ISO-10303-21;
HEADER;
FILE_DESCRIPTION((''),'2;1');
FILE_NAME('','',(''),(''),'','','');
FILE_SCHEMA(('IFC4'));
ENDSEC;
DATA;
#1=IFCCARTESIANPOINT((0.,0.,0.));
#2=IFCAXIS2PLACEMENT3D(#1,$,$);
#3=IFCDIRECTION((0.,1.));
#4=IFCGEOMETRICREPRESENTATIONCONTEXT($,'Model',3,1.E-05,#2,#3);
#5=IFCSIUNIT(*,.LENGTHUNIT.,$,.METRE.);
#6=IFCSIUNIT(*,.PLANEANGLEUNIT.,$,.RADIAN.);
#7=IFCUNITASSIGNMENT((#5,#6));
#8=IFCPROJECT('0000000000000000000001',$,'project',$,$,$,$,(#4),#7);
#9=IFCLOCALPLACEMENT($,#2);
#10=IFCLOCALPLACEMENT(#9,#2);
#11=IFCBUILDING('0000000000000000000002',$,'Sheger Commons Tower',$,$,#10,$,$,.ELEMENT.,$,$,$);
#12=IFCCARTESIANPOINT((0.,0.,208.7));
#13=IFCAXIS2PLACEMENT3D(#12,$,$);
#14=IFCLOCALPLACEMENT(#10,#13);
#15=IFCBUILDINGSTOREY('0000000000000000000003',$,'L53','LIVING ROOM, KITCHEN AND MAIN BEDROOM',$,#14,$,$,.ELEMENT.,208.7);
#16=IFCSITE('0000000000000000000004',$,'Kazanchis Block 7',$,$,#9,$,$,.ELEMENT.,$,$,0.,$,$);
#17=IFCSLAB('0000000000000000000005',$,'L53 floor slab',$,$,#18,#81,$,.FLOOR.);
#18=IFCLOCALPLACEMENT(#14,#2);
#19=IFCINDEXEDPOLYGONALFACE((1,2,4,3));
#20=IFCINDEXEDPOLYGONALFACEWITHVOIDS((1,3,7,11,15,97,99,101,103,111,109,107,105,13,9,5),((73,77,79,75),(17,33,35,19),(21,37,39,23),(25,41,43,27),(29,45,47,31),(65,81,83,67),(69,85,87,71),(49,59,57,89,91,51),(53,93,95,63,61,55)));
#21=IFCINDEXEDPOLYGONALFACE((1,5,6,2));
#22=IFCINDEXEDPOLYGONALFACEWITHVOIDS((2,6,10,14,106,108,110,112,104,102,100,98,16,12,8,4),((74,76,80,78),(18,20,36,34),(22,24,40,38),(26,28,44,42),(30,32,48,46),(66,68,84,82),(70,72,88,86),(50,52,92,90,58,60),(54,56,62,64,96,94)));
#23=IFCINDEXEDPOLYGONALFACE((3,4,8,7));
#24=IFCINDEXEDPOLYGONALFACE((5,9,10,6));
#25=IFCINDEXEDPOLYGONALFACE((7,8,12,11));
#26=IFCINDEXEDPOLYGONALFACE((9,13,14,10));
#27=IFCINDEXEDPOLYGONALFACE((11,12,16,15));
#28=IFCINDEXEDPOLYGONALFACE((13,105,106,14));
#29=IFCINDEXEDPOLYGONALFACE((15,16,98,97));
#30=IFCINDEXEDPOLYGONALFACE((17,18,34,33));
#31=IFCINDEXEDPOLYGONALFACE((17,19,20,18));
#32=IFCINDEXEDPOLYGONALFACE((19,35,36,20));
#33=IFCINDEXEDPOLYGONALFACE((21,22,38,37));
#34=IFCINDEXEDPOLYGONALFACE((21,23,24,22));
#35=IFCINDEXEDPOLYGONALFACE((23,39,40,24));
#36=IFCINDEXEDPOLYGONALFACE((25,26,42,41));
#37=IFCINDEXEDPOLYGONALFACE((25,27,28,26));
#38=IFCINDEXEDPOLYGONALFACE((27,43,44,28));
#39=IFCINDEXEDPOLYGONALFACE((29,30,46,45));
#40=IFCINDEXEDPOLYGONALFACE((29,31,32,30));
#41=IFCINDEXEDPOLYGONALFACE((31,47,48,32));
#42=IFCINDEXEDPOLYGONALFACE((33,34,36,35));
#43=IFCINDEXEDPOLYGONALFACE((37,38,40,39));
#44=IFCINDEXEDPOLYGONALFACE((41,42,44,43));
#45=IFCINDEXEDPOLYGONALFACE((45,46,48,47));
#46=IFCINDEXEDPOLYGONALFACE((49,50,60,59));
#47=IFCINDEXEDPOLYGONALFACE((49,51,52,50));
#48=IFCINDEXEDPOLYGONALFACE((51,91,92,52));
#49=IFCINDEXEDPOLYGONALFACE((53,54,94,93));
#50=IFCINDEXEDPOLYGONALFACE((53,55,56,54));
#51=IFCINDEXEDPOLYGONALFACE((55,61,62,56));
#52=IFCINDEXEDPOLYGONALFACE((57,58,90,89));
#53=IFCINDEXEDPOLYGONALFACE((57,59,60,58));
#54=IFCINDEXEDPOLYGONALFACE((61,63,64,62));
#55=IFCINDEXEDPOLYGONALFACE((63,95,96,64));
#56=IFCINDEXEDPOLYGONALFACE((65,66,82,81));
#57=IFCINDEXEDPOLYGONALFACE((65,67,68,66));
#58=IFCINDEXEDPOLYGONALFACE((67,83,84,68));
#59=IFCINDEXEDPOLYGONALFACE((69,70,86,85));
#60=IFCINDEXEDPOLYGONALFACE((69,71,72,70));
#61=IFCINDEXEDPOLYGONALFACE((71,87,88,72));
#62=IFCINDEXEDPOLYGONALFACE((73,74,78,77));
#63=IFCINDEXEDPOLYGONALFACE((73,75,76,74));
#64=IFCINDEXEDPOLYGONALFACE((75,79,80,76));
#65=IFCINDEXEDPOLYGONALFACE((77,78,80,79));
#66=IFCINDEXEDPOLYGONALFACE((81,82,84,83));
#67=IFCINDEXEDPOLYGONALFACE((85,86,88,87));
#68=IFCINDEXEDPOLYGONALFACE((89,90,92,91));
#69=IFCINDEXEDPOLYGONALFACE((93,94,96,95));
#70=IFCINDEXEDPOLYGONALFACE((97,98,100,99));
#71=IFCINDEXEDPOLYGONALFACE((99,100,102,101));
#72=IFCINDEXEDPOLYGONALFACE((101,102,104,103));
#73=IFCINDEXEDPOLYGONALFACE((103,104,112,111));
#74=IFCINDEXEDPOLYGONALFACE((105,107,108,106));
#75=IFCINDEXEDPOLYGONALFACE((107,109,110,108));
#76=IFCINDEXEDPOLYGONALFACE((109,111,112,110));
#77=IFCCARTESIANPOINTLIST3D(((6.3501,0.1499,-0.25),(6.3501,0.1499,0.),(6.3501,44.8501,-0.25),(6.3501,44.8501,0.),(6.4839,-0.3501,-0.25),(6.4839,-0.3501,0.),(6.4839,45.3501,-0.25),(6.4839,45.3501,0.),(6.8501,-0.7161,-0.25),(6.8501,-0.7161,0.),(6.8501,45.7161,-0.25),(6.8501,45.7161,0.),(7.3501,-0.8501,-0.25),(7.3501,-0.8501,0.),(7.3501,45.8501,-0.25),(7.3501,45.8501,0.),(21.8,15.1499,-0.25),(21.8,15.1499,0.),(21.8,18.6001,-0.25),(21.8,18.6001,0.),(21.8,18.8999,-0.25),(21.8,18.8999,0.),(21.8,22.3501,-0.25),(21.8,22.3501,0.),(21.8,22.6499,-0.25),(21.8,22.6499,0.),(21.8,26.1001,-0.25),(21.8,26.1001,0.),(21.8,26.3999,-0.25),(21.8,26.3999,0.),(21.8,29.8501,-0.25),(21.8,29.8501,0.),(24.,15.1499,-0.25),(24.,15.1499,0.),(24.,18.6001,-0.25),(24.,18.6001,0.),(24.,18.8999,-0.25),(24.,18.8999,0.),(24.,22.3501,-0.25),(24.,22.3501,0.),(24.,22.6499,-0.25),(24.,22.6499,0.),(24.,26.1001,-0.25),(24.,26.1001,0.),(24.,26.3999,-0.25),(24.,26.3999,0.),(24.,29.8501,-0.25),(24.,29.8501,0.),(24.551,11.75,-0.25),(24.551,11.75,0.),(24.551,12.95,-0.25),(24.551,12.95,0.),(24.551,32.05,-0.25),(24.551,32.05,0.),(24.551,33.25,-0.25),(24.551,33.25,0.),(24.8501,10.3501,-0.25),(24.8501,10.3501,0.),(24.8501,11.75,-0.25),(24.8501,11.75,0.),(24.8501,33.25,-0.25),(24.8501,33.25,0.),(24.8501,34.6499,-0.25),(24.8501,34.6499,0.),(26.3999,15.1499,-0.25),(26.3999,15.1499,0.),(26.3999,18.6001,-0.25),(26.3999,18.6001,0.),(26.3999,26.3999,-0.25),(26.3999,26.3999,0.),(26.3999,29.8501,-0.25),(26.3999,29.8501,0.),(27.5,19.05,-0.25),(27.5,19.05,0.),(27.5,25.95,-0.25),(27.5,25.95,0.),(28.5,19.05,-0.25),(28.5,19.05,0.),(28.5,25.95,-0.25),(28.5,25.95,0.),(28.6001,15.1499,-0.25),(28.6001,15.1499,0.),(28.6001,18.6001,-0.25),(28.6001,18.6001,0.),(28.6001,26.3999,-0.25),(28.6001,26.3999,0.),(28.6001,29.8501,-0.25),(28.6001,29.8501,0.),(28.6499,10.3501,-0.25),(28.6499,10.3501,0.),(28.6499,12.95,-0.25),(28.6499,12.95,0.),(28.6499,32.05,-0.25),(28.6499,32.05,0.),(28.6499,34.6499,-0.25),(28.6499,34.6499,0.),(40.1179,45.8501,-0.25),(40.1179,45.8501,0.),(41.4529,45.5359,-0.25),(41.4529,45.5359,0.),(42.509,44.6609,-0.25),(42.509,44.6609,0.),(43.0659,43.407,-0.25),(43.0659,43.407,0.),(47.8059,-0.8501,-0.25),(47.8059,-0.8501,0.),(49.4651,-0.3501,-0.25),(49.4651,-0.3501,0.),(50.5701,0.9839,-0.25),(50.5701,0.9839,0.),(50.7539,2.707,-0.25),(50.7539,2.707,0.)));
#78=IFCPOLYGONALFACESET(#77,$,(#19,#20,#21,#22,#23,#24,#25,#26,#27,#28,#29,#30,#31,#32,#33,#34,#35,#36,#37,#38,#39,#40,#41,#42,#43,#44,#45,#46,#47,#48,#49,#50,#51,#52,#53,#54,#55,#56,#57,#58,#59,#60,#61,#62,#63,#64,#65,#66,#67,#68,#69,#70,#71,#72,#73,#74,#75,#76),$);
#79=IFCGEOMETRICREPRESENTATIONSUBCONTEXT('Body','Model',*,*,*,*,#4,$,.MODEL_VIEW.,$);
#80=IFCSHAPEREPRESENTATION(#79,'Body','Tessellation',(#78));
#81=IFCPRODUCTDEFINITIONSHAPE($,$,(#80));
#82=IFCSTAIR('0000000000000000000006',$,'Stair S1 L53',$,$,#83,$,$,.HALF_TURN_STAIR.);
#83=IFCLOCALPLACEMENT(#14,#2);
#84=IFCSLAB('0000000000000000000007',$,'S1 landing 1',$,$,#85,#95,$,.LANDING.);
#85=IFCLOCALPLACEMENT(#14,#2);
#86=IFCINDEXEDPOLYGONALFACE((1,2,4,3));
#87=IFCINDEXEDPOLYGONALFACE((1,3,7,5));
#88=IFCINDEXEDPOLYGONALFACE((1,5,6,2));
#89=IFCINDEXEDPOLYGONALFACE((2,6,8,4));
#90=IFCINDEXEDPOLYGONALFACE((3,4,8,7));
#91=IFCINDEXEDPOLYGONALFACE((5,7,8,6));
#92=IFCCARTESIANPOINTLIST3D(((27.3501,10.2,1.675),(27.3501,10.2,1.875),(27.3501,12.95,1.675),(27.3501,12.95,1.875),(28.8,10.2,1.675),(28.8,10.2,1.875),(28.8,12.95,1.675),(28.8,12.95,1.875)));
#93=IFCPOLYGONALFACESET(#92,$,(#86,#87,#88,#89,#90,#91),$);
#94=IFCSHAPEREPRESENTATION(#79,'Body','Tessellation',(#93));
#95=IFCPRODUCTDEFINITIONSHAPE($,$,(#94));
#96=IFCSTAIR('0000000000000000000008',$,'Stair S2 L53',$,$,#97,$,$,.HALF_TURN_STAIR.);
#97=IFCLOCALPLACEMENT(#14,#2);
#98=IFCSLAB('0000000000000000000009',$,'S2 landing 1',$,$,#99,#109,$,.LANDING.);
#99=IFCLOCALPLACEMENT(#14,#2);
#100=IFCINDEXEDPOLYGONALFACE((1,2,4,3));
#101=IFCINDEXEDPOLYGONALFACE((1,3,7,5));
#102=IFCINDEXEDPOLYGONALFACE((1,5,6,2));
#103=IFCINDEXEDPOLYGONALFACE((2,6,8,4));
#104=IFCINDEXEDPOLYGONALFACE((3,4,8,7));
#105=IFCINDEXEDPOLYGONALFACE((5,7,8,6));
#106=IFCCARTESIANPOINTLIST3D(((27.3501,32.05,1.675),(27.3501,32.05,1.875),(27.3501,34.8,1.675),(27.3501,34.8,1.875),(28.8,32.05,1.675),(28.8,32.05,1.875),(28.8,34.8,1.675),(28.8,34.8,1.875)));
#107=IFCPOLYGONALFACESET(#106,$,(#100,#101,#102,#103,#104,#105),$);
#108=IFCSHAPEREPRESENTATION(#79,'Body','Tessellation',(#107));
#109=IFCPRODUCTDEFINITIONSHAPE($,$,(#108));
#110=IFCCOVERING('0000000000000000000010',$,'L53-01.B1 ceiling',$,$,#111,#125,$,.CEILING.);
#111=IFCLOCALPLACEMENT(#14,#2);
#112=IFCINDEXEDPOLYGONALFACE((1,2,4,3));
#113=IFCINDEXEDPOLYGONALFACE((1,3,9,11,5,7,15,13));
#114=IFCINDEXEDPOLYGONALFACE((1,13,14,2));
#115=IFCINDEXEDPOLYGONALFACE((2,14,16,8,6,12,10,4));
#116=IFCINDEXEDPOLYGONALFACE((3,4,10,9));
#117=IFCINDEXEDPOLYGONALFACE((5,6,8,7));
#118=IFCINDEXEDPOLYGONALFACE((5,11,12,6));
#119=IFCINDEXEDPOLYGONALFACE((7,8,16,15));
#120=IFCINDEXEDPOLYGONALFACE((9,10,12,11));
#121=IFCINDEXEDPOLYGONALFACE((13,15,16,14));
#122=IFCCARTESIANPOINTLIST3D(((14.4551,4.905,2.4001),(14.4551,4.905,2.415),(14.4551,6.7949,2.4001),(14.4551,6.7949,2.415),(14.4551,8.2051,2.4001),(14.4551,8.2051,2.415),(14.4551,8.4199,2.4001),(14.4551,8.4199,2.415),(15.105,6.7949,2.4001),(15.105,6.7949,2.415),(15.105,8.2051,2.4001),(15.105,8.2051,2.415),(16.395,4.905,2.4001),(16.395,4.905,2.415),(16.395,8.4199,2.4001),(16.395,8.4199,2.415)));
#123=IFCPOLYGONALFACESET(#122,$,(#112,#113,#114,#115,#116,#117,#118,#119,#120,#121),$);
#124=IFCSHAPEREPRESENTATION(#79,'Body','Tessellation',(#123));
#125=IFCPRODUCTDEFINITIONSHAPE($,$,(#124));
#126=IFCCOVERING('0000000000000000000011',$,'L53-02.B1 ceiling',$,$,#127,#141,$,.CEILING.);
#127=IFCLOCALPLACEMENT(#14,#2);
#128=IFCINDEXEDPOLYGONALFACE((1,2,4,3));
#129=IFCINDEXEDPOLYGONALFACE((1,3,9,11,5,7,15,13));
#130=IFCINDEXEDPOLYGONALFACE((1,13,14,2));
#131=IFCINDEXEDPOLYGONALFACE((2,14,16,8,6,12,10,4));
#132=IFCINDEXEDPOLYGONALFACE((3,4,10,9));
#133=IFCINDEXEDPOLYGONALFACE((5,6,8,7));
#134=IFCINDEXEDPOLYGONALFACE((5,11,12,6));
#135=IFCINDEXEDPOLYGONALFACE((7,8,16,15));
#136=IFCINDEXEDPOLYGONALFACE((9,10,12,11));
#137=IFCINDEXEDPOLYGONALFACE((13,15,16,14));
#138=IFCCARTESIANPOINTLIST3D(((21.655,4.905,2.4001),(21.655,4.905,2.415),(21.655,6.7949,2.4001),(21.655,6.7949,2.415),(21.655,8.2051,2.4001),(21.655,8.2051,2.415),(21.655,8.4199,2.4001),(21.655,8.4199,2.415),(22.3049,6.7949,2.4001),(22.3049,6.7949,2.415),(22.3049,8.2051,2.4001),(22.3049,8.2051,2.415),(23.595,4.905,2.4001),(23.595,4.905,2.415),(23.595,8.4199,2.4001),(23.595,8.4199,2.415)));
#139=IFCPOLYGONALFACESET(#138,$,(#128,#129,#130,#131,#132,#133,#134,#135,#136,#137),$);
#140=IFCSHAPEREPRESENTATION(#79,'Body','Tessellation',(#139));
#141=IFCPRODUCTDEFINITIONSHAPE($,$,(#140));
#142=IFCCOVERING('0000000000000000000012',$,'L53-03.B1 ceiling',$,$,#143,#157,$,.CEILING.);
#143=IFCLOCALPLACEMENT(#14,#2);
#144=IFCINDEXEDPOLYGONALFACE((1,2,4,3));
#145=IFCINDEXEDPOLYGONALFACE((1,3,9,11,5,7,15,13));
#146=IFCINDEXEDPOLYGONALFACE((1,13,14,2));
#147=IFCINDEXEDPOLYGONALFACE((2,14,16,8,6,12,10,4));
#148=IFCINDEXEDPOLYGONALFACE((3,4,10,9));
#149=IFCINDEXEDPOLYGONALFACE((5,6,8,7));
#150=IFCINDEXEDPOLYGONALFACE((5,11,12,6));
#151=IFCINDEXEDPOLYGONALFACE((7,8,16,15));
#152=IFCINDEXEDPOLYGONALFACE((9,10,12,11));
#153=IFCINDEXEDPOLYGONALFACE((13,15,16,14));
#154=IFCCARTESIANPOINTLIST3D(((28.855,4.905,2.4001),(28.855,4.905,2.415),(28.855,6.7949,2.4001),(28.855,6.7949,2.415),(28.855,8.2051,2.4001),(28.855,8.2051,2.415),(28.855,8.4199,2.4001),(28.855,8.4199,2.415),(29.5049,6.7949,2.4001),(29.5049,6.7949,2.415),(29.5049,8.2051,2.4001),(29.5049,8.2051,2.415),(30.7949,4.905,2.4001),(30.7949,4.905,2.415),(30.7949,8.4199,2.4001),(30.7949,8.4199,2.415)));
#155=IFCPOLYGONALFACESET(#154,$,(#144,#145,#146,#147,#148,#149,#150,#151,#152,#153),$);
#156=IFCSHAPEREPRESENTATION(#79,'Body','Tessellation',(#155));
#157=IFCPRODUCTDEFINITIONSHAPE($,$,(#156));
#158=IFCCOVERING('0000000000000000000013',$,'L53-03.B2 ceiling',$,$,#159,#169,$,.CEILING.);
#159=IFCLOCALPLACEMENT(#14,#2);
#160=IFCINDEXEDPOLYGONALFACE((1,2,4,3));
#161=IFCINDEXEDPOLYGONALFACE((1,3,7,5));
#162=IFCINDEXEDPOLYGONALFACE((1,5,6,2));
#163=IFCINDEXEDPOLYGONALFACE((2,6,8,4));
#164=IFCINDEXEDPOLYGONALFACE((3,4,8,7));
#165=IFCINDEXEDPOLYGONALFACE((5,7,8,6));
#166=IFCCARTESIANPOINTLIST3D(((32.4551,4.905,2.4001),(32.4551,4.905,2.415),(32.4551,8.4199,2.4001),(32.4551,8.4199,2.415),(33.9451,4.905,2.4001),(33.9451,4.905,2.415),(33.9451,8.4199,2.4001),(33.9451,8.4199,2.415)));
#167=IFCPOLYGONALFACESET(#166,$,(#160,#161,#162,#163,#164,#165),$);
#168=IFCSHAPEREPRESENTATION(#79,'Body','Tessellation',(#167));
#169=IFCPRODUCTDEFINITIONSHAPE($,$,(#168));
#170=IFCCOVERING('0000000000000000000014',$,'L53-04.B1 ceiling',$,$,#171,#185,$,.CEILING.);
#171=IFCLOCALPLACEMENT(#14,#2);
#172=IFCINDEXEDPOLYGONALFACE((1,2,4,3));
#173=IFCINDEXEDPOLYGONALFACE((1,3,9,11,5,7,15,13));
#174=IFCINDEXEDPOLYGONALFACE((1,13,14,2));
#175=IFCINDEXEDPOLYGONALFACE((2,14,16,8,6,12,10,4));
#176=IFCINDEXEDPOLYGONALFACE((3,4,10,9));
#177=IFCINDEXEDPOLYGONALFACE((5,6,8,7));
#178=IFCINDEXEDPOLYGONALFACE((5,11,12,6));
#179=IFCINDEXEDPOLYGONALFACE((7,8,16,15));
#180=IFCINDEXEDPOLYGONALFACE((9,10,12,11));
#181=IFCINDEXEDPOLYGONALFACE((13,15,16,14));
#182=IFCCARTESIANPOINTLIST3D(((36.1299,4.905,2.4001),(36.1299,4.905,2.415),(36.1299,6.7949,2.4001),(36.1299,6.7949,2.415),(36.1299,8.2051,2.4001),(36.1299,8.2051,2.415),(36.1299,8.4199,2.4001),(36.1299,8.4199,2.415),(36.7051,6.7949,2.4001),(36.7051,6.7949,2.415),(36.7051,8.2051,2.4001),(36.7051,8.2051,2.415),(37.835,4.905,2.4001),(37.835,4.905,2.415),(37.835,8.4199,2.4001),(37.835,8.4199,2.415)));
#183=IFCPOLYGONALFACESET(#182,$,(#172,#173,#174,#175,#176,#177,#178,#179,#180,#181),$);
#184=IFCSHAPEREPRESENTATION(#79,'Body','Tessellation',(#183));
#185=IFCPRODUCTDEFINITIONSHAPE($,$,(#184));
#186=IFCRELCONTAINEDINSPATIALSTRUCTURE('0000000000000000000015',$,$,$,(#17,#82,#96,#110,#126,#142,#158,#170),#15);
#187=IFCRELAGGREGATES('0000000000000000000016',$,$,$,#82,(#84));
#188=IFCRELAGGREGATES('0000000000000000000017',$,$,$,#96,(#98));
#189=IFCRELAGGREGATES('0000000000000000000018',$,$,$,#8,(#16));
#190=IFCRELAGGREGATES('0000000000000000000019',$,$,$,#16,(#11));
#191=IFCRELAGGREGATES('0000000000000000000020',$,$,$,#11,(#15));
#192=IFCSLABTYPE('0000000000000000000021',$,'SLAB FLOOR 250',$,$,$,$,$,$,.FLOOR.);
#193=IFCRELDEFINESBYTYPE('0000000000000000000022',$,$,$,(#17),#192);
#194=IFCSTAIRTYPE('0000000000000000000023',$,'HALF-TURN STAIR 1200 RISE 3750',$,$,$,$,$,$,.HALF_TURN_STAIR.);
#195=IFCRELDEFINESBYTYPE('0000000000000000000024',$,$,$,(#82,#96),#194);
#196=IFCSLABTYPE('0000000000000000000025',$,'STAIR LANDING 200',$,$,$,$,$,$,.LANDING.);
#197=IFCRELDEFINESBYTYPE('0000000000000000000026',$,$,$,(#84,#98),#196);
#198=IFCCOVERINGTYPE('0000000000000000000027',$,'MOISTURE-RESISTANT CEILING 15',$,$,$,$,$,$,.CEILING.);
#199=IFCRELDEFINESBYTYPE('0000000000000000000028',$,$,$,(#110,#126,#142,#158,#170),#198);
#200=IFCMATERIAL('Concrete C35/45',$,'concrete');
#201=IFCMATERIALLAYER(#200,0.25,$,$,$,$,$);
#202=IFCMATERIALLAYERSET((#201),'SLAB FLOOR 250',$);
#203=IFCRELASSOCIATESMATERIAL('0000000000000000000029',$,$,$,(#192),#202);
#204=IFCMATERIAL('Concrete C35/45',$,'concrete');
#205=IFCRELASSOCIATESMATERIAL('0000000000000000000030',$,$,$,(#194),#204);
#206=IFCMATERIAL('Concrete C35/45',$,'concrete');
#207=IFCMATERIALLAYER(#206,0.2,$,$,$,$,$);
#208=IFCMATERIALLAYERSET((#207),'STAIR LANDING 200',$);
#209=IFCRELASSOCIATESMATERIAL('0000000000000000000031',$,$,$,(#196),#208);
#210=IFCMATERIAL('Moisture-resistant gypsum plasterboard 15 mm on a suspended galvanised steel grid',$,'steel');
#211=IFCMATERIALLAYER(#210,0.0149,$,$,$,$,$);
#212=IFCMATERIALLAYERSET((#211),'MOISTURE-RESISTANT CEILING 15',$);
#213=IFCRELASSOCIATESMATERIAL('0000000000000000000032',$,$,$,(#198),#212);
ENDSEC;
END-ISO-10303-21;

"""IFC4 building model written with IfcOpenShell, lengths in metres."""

from ifc_helpers import new_model, si_unit, direction, frame, origin, place, context, subcontext, project, spatial, polyline, outline, extrude, material, layer, layer_set, type_object, element, aggregate, save


model = new_model("IFC4")

# Units and contexts
model_context = context("Model", 3, precision=1e-05, world=origin(), true_north=direction((0.0, 1.0)))
body_context = subcontext(model_context, "Body", "Model", "MODEL_VIEW")
ifc_project = project(units=[si_unit("LENGTHUNIT", "METRE"), si_unit("PLANEANGLEUNIT", "RADIAN")], contexts=[model_context])

# Site, building, storey
site_placement = place(None, origin())
site = spatial("IfcSite", under=ifc_project, at=site_placement, Name="Kazanchis Block 7", CompositionType="ELEMENT", RefElevation=0.0)
building_placement = place(site_placement, origin())
building = spatial("IfcBuilding", under=site, at=building_placement, Name="Sheger Commons Tower", CompositionType="ELEMENT")
storey_placement = place(building_placement, frame((0.0, 0.0, 208.7)))
storey = spatial("IfcBuildingStorey", under=building, at=storey_placement, Name="L53", Description="LIVING ROOM, KITCHEN AND MAIN BEDROOM", CompositionType="ELEMENT", Elevation=208.7)

# Slab
ifc_material_1 = material(Name="Concrete C35/45", Category="concrete")
ifc_layer_1 = layer(ifc_material_1, 0.25)
ifc_layer_set_1 = layer_set([ifc_layer_1], Name="SLAB FLOOR 250")
slab_type_1 = type_object("IfcSlabType", Name="SLAB FLOOR 250", PredefinedType="FLOOR", material=ifc_layer_set_1)
slab_1_placement = place(storey_placement, frame((0.0, 0.0, -0.25)))
element("IfcSlab", 1, at=slab_1_placement, inside=storey, type_object=slab_type_1, Name="L53 floor slab", PredefinedType="FLOOR", context=body_context, shape_type="SweptSolid", body=[
    extrude(outline(polyline([(6.3501, 0.1499), (6.4839, -0.3501), (6.8501, -0.7161), (7.3501, -0.8501), (47.8059, -0.8501), (49.4651, -0.3501), (50.5701, 0.9839), (50.7539, 2.707), (43.0659, 43.407), (42.509, 44.6609), (41.4529, 45.5359), (40.1179, 45.8501), (7.3501, 45.8501), (6.8501, 45.7161), (6.4839, 45.3501), (6.3501, 44.8501), (6.3501, 0.1499)]), holes=[polyline([(24.8501, 10.3501), (28.6499, 10.3501), (28.6499, 12.95), (24.551, 12.95), (24.551, 11.75), (24.8501, 11.75), (24.8501, 10.3501)]), polyline([(24.551, 32.05), (28.6499, 32.05), (28.6499, 34.6499), (24.8501, 34.6499), (24.8501, 33.25), (24.551, 33.25), (24.551, 32.05)]), polyline([(26.3999, 15.1499), (28.6001, 15.1499), (28.6001, 18.6001), (26.3999, 18.6001), (26.3999, 15.1499)]), polyline([(26.3999, 26.3999), (28.6001, 26.3999), (28.6001, 29.8501), (26.3999, 29.8501), (26.3999, 26.3999)]), polyline([(21.8, 15.1499), (24.0, 15.1499), (24.0, 18.6001), (21.8, 18.6001), (21.8, 15.1499)]), polyline([(21.8, 18.8999), (24.0, 18.8999), (24.0, 22.3501), (21.8, 22.3501), (21.8, 18.8999)]), polyline([(21.8, 22.6499), (24.0, 22.6499), (24.0, 26.1001), (21.8, 26.1001), (21.8, 22.6499)]), polyline([(21.8, 26.3999), (24.0, 26.3999), (24.0, 29.8501), (21.8, 29.8501), (21.8, 26.3999)]), polyline([(27.5, 19.05), (28.5, 19.05), (28.5, 25.95), (27.5, 25.95), (27.5, 19.05)])]), origin(), (0.0, 0.0, 1.0), 0.25),
])

# Stairs, slabs
ifc_material_2 = material(Name="Concrete C35/45", Category="concrete")
stair_type = type_object("IfcStairType", Name="HALF-TURN STAIR 1200 RISE 3750", PredefinedType="HALF_TURN_STAIR", material=ifc_material_2)
stair_1_placement = place(storey_placement, origin())
stair_1 = element("IfcStair", 2, at=stair_1_placement, inside=storey, type_object=stair_type, Name="Stair S1 L53", PredefinedType="HALF_TURN_STAIR")
ifc_material_3 = material(Name="Concrete C35/45", Category="concrete")
ifc_layer_2 = layer(ifc_material_3, 0.2)
ifc_layer_set_2 = layer_set([ifc_layer_2], Name="STAIR LANDING 200")
slab_type_2 = type_object("IfcSlabType", Name="STAIR LANDING 200", PredefinedType="LANDING", material=ifc_layer_set_2)
slab_2_placement = place(storey_placement, frame((0.0, 0.0, 1.675)))
slab_2 = element("IfcSlab", 3, at=slab_2_placement, type_object=slab_type_2, Name="S1 landing 1", PredefinedType="LANDING", context=body_context, shape_type="SweptSolid", body=[
    extrude(outline(polyline([(27.3501, 10.2), (28.8, 10.2), (28.8, 12.95), (27.3501, 12.95), (27.3501, 10.2)])), origin(), (0.0, 0.0, 1.0), 0.2),
])
aggregate(stair_1, [slab_2])
stair_2_placement = place(storey_placement, origin())
stair_2 = element("IfcStair", 4, at=stair_2_placement, inside=storey, type_object=stair_type, Name="Stair S2 L53", PredefinedType="HALF_TURN_STAIR")
slab_3_placement = place(storey_placement, frame((0.0, 0.0, 1.675)))
slab_3 = element("IfcSlab", 5, at=slab_3_placement, type_object=slab_type_2, Name="S2 landing 1", PredefinedType="LANDING", context=body_context, shape_type="SweptSolid", body=[
    extrude(outline(polyline([(27.3501, 32.05), (28.8, 32.05), (28.8, 34.8), (27.3501, 34.8), (27.3501, 32.05)])), origin(), (0.0, 0.0, 1.0), 0.2),
])
aggregate(stair_2, [slab_3])

# Coverings
ifc_material_4 = material(Name="Moisture-resistant gypsum plasterboard 15 mm on a suspended galvanised steel grid", Category="steel")
ifc_layer_3 = layer(ifc_material_4, 0.0149)
ifc_layer_set_3 = layer_set([ifc_layer_3], Name="MOISTURE-RESISTANT CEILING 15")
covering_type_1 = type_object("IfcCoveringType", Name="MOISTURE-RESISTANT CEILING 15", PredefinedType="CEILING", material=ifc_layer_set_3)
covering_1_placement = place(storey_placement, frame((0.0, 0.0, 2.4001)))
element("IfcCovering", 6, at=covering_1_placement, inside=storey, type_object=covering_type_1, Name="L53-01.B1 ceiling", PredefinedType="CEILING", context=body_context, shape_type="SweptSolid", body=[
    extrude(outline(polyline([(14.4551, 4.905), (16.395, 4.905), (16.395, 8.4199), (14.4551, 8.4199), (14.4551, 8.2051), (15.105, 8.2051), (15.105, 6.7949), (14.4551, 6.7949), (14.4551, 4.905)])), origin(), (0.0, 0.0, 1.0), 0.0149),
])
covering_2_placement = place(storey_placement, frame((0.0, 0.0, 2.4001)))
element("IfcCovering", 7, at=covering_2_placement, inside=storey, type_object=covering_type_1, Name="L53-02.B1 ceiling", PredefinedType="CEILING", context=body_context, shape_type="SweptSolid", body=[
    extrude(outline(polyline([(21.655, 4.905), (23.595, 4.905), (23.595, 8.4199), (21.655, 8.4199), (21.655, 8.2051), (22.3049, 8.2051), (22.3049, 6.7949), (21.655, 6.7949), (21.655, 4.905)])), origin(), (0.0, 0.0, 1.0), 0.0149),
])
covering_3_placement = place(storey_placement, frame((0.0, 0.0, 2.4001)))
element("IfcCovering", 8, at=covering_3_placement, inside=storey, type_object=covering_type_1, Name="L53-03.B1 ceiling", PredefinedType="CEILING", context=body_context, shape_type="SweptSolid", body=[
    extrude(outline(polyline([(28.855, 4.905), (30.7949, 4.905), (30.7949, 8.4199), (28.855, 8.4199), (28.855, 8.2051), (29.5049, 8.2051), (29.5049, 6.7949), (28.855, 6.7949), (28.855, 4.905)])), origin(), (0.0, 0.0, 1.0), 0.0149),
])
covering_4_placement = place(storey_placement, frame((0.0, 0.0, 2.4001)))
element("IfcCovering", 9, at=covering_4_placement, inside=storey, type_object=covering_type_1, Name="L53-03.B2 ceiling", PredefinedType="CEILING", context=body_context, shape_type="SweptSolid", body=[
    extrude(outline(polyline([(32.4551, 4.905), (33.9451, 4.905), (33.9451, 8.4199), (32.4551, 8.4199), (32.4551, 4.905)])), origin(), (0.0, 0.0, 1.0), 0.0149),
])
covering_5_placement = place(storey_placement, frame((0.0, 0.0, 2.4001)))
element("IfcCovering", 10, at=covering_5_placement, inside=storey, type_object=covering_type_1, Name="L53-04.B1 ceiling", PredefinedType="CEILING", context=body_context, shape_type="SweptSolid", body=[
    extrude(outline(polyline([(36.1299, 4.905), (37.835, 4.905), (37.835, 8.4199), (36.1299, 8.4199), (36.1299, 8.2051), (36.7051, 8.2051), (36.7051, 6.7949), (36.1299, 6.7949), (36.1299, 4.905)])), origin(), (0.0, 0.0, 1.0), 0.0149),
])

save(model, "model.ifc")
